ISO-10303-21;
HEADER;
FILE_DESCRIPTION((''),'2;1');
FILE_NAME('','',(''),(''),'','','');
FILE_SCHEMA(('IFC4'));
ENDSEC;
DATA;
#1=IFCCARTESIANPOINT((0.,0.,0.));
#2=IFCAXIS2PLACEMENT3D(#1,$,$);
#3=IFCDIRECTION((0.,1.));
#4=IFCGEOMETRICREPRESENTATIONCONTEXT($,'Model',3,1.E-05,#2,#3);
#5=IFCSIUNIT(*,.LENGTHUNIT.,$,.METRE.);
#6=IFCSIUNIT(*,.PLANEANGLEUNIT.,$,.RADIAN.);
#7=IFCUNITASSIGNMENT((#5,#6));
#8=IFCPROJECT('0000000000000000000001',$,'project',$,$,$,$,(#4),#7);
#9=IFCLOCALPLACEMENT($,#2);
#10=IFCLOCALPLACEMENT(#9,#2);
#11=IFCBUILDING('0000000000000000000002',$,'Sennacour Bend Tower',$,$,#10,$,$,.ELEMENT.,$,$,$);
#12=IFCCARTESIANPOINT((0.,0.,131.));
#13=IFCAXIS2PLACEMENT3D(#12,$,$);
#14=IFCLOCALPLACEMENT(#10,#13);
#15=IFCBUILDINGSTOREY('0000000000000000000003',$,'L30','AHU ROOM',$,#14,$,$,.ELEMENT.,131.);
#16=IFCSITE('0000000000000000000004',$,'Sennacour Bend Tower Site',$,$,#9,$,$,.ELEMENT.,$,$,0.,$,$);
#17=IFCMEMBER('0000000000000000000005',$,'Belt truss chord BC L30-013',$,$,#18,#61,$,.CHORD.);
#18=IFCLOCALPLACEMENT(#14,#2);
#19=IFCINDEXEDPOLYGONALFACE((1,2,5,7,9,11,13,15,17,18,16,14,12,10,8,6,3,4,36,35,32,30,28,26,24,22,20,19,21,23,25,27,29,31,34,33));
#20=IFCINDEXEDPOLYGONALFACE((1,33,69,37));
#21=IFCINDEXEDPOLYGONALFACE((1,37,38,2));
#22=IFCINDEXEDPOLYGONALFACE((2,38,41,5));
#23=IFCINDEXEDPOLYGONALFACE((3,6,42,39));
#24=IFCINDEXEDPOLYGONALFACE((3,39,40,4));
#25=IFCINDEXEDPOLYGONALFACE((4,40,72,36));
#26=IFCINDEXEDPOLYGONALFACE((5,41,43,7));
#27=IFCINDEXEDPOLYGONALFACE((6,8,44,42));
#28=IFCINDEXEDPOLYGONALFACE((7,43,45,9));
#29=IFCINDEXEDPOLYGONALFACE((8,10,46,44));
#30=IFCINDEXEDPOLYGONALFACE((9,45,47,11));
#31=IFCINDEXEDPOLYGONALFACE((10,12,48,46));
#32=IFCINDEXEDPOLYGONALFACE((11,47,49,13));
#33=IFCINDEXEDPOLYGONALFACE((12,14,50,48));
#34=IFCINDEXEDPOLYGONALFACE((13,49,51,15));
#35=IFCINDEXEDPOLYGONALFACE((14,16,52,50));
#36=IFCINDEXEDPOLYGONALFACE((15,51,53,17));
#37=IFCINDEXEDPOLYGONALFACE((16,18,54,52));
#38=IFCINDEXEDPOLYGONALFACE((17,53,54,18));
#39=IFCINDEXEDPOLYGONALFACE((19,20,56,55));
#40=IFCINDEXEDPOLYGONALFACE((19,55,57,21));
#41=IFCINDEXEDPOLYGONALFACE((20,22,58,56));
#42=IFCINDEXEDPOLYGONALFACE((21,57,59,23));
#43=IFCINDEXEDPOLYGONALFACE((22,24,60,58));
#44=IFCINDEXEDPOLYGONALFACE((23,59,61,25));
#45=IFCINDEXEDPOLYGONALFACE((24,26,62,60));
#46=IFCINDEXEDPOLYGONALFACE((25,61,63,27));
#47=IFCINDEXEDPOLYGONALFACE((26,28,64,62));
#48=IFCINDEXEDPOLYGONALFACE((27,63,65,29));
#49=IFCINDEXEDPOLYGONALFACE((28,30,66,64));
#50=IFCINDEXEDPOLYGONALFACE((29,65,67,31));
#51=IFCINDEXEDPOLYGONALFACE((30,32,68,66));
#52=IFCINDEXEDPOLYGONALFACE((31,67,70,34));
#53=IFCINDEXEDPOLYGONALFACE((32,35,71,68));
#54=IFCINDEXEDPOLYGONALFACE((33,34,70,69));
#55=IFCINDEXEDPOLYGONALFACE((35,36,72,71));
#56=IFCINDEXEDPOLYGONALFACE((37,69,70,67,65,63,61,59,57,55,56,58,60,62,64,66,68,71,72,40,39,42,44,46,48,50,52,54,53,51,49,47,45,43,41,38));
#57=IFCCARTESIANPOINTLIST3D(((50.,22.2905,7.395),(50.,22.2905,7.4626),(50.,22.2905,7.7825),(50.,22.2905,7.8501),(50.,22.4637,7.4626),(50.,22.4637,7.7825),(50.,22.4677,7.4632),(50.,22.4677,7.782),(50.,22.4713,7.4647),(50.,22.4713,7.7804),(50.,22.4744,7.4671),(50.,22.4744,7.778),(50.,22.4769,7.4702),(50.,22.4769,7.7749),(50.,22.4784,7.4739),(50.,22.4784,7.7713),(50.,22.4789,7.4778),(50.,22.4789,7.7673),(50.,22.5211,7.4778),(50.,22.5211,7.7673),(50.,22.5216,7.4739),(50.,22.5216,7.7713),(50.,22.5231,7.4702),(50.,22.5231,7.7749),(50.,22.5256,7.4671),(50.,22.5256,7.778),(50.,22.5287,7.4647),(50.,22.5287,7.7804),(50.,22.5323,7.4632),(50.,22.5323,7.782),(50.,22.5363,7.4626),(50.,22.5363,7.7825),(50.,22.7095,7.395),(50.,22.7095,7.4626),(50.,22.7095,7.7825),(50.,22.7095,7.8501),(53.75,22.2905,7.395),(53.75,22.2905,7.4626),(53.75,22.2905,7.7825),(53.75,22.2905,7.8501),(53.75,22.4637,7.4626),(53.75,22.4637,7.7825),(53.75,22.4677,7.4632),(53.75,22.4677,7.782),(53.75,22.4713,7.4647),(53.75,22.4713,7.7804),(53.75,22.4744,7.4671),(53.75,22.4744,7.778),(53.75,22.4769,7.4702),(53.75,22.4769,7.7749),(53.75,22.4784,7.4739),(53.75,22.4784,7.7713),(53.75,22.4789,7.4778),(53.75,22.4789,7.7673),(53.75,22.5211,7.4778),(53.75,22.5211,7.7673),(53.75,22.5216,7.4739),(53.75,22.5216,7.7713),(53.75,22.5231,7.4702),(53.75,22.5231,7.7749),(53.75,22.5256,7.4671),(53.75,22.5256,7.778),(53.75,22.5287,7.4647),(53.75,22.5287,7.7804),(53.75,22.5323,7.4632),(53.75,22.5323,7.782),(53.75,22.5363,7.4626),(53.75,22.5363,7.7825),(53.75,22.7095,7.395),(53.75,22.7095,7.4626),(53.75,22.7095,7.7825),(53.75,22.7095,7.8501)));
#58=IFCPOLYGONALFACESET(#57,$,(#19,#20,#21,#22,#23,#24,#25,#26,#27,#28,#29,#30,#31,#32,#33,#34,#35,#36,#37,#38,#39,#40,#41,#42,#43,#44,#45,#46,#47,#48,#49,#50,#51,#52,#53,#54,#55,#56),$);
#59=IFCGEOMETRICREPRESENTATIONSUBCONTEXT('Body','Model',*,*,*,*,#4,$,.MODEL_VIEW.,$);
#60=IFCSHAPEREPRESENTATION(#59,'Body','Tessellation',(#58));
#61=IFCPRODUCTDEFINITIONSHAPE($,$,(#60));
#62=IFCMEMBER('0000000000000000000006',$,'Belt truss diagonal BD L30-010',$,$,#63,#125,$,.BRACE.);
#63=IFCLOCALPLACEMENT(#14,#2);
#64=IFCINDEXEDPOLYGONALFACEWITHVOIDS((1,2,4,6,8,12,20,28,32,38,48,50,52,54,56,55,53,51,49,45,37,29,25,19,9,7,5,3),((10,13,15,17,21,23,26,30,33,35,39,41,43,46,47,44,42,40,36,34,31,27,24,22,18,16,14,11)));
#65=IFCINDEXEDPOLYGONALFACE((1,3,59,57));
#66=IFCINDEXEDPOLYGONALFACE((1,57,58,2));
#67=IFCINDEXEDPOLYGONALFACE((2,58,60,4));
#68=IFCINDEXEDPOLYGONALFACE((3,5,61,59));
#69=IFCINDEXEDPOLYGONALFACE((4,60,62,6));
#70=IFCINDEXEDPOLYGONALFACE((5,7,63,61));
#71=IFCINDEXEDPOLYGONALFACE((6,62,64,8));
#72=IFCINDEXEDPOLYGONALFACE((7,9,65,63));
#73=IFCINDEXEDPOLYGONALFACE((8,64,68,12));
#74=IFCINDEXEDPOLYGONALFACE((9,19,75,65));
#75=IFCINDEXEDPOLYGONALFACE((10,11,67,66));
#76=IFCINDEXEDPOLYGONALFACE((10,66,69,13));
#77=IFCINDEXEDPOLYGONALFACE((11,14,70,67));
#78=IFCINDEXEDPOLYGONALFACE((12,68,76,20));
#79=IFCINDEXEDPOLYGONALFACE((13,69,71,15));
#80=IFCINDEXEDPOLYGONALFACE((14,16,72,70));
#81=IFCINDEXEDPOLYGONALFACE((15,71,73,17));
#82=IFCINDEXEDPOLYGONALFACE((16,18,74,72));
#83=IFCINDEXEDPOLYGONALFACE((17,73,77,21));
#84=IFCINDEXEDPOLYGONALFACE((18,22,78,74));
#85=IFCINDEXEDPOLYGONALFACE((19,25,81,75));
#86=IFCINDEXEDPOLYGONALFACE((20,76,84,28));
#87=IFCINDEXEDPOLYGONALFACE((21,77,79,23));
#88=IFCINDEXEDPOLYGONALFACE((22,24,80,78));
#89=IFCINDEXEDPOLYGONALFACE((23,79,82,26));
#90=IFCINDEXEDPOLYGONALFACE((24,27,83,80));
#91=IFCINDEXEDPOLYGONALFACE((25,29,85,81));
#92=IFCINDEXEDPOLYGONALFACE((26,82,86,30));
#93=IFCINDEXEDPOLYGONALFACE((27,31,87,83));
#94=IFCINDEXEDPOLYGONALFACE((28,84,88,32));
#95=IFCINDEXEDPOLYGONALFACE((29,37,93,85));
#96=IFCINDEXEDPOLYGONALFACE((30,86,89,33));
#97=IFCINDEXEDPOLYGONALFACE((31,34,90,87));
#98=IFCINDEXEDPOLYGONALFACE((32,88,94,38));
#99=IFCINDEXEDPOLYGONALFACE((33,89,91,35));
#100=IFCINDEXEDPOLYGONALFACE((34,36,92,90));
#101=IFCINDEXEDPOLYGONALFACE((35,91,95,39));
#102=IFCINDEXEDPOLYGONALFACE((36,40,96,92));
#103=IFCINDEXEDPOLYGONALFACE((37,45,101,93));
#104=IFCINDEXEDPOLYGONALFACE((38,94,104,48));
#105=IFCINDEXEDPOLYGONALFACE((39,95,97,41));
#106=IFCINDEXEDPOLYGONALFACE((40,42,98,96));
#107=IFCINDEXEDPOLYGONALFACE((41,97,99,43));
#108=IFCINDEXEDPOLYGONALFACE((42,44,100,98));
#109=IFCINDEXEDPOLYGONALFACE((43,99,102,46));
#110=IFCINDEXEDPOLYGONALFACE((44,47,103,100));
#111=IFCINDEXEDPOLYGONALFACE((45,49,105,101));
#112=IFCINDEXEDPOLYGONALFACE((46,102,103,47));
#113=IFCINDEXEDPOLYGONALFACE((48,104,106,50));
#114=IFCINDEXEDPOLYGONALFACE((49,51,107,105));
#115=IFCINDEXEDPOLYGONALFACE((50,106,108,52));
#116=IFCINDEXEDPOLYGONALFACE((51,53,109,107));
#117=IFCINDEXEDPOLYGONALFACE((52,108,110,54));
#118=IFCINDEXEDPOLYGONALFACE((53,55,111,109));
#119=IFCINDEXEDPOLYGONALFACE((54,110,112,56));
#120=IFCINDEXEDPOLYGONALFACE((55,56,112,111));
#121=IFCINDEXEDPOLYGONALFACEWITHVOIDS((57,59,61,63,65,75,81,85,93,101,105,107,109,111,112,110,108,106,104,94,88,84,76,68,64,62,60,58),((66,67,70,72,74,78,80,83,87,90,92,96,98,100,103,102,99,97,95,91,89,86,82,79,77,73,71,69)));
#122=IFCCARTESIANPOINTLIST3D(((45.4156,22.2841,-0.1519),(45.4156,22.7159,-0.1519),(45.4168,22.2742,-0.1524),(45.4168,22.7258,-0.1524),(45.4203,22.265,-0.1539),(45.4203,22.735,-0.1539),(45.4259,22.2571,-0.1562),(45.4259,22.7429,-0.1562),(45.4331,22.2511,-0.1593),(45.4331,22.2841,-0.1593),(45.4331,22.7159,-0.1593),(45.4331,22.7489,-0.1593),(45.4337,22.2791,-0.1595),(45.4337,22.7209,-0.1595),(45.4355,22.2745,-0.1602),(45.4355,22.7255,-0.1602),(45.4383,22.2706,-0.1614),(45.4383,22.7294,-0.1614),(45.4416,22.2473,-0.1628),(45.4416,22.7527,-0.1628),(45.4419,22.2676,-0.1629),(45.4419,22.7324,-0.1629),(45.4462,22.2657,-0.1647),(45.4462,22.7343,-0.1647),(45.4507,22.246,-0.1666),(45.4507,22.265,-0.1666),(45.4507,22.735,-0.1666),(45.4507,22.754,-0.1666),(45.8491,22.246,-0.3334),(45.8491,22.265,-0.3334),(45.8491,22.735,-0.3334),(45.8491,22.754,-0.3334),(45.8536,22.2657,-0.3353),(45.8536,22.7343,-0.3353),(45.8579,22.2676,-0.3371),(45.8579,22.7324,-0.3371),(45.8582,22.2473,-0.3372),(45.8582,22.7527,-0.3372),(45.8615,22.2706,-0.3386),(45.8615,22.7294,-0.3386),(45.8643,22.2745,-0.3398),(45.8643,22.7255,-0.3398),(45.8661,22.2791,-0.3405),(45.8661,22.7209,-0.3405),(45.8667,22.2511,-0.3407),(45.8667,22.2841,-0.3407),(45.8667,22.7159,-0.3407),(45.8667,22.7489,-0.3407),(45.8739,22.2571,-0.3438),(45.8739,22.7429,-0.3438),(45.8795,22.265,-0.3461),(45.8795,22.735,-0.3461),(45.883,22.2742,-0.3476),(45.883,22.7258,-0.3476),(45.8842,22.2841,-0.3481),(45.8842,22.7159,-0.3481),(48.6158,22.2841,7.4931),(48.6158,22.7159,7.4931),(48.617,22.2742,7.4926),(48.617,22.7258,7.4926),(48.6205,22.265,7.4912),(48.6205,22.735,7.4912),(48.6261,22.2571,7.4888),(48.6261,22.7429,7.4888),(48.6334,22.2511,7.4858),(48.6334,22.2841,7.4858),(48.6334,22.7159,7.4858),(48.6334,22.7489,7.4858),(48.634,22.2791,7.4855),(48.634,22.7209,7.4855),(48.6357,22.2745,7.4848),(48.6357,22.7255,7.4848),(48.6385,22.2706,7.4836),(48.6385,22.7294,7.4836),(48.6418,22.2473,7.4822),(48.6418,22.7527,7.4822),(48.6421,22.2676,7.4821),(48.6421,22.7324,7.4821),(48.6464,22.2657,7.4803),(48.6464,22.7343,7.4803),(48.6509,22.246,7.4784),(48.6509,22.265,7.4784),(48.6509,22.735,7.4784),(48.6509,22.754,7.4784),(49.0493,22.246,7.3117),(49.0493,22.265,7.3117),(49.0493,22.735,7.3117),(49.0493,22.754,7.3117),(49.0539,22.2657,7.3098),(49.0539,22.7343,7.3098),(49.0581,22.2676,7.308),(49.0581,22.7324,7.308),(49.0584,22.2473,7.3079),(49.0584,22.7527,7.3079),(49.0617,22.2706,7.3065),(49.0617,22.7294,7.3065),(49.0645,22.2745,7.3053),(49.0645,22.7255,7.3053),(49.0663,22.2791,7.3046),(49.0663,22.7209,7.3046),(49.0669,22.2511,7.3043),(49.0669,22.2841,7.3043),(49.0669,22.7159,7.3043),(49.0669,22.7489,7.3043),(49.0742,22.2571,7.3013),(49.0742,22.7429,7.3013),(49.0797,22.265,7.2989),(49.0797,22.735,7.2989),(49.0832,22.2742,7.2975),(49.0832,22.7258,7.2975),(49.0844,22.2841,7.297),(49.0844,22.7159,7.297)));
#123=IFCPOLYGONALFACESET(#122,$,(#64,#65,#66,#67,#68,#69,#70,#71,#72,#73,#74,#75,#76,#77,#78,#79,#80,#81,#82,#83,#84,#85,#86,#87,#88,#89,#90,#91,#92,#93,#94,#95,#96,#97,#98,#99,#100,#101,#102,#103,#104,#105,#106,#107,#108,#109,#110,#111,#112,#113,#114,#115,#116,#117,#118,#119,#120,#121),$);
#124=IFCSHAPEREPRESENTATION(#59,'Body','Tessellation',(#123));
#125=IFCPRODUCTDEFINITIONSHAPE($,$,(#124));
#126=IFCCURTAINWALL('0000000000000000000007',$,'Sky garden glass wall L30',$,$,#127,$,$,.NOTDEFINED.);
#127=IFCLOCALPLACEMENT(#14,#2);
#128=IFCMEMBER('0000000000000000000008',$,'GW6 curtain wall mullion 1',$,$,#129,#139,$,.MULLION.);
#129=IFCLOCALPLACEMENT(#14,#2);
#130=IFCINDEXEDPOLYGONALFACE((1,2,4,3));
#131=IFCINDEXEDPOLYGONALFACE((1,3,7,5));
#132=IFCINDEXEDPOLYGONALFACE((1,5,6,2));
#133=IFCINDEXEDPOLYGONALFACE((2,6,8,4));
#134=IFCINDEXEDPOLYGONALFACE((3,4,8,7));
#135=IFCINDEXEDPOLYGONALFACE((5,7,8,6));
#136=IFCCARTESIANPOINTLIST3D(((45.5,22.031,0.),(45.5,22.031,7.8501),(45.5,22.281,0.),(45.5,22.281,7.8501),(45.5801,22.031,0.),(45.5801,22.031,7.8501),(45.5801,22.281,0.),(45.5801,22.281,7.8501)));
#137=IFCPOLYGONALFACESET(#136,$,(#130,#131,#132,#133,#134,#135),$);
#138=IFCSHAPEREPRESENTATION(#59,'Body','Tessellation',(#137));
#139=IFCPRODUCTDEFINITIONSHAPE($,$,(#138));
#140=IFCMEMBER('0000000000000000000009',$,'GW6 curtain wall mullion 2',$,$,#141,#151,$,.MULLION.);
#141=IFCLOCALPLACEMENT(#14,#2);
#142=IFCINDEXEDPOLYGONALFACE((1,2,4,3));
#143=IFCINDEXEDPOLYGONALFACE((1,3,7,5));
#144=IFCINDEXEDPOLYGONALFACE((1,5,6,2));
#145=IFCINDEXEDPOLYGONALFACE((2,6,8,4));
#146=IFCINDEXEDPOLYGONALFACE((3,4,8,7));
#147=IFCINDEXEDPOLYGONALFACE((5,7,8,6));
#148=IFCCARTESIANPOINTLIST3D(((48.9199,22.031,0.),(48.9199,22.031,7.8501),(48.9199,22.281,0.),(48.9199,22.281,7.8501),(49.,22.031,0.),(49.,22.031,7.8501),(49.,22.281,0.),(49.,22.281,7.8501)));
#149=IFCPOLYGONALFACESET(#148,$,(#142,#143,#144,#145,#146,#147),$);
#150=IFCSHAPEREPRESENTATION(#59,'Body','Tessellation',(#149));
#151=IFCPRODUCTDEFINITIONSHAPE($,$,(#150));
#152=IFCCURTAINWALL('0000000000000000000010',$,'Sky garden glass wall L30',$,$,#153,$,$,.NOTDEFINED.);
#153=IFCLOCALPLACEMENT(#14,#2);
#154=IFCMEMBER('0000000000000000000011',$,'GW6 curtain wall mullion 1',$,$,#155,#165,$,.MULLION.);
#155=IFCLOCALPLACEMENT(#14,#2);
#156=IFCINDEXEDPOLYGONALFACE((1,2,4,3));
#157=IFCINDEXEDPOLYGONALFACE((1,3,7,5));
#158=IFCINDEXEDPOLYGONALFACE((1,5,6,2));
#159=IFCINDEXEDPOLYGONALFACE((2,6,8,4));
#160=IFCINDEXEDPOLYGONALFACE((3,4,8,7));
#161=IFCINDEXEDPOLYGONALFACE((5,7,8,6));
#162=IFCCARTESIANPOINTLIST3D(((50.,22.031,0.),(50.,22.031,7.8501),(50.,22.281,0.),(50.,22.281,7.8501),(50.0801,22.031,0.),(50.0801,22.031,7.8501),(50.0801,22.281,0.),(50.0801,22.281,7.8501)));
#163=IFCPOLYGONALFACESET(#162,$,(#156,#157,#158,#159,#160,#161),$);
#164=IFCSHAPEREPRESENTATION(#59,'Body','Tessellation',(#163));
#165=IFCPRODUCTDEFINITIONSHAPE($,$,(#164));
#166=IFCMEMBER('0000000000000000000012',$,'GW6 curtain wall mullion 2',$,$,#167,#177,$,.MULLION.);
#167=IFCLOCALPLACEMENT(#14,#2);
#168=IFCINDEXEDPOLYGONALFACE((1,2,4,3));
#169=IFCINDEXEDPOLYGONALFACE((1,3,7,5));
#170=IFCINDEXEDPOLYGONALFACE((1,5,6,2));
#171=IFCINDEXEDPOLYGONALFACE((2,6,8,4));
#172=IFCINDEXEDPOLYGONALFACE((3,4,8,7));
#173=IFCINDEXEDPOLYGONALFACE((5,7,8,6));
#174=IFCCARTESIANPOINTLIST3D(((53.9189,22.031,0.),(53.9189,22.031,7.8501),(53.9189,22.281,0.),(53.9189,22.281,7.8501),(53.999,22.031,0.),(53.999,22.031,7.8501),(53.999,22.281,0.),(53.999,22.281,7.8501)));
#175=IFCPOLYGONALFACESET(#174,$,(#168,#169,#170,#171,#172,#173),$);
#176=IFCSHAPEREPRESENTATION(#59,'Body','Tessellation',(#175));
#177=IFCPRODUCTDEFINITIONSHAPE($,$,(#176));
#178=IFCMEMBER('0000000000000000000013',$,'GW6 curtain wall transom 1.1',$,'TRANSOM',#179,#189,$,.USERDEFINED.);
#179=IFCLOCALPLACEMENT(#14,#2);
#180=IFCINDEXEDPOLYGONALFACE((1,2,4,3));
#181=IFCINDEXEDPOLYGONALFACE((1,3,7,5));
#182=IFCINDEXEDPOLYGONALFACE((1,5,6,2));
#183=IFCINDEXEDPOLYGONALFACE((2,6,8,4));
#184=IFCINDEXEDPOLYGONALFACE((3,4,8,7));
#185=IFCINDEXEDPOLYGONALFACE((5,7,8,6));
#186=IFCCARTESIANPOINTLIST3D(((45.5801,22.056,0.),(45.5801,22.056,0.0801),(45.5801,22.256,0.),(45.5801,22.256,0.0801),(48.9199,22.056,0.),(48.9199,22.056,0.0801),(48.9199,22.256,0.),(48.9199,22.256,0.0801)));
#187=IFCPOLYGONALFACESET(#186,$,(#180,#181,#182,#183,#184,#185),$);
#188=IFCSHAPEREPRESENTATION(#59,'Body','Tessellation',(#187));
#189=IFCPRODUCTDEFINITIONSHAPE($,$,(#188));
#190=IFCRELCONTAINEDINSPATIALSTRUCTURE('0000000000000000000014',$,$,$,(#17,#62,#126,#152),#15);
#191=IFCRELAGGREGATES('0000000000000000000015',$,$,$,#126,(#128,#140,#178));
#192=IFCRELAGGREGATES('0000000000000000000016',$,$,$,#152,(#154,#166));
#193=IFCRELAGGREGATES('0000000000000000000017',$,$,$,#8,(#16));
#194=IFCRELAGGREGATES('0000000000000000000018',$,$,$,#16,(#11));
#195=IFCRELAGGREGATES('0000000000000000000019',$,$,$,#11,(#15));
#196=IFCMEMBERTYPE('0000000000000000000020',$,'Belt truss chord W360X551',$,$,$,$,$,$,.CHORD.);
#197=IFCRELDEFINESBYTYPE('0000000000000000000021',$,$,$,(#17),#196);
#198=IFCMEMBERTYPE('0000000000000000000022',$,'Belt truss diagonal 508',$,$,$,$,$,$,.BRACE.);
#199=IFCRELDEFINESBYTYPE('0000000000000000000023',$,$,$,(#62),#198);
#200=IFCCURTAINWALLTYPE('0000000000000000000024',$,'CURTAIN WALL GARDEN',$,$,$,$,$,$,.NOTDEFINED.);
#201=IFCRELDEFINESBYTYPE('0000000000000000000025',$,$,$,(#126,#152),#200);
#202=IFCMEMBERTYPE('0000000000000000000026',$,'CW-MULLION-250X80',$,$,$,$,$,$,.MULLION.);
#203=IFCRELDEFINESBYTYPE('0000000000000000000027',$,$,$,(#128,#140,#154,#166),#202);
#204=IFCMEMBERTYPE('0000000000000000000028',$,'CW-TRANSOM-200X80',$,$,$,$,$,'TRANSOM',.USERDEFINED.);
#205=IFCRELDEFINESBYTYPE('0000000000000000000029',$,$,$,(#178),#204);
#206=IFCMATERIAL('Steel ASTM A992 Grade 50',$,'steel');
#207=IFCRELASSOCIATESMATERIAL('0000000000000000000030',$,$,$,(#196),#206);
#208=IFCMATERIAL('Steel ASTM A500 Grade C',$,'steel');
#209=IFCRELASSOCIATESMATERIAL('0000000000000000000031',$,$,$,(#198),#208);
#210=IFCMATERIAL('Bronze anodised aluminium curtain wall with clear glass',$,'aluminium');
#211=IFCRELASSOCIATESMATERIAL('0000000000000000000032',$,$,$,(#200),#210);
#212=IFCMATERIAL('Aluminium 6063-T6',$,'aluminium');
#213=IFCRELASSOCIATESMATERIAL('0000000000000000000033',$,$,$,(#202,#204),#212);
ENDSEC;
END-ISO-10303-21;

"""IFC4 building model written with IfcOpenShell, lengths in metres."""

from ifc_helpers import new_model, si_unit, direction, frame, origin, origin_2d, place, context, subcontext, project, spatial, rectangle, hollow_rectangle, i_section, extrude, material, material_profile, profile_set, type_object, element, aggregate, save


model = new_model("IFC4")

# Units and contexts
model_context = context("Model", 3, precision=1e-05, world=origin(), true_north=direction((0.0, 1.0)))
body_context = subcontext(model_context, "Body", "Model", "MODEL_VIEW")
ifc_project = project(units=[si_unit("LENGTHUNIT", "METRE"), si_unit("PLANEANGLEUNIT", "RADIAN")], contexts=[model_context])

# Site, building, storey
site_placement = place(None, origin())
site = spatial("IfcSite", under=ifc_project, at=site_placement, Name="Sennacour Bend Tower Site", CompositionType="ELEMENT", RefElevation=0.0)
building_placement = place(site_placement, origin())
building = spatial("IfcBuilding", under=site, at=building_placement, Name="Sennacour Bend Tower", CompositionType="ELEMENT")
storey_placement = place(building_placement, frame((0.0, 0.0, 131.0)))
storey = spatial("IfcBuildingStorey", under=building, at=storey_placement, Name="L30", Description="AHU ROOM", CompositionType="ELEMENT", Elevation=131.0)

# Members
ifc_material_1 = material(Name="Steel ASTM A992 Grade 50", Category="steel")
ifc_material_profile_1 = material_profile(ifc_material_1, i_section(OverallWidth=0.4189, OverallDepth=0.4551, WebThickness=0.0422, FlangeThickness=0.0676, FilletRadius=0.0151, at=origin_2d()), Name="Steel ASTM A992 Grade 50", Category="steel")
ifc_profile_set_1 = profile_set([ifc_material_profile_1], Name="Steel ASTM A992 Grade 50")
member_type_1 = type_object("IfcMemberType", Name="Belt truss chord W360X551", PredefinedType="CHORD", material=ifc_profile_set_1)
member_1_placement = place(storey_placement, frame((50.0, 22.5, 7.6226), z_axis=(1.0, 0.0, 0.0), x_axis=(0.0, 1.0, 0.0)))
element("IfcMember", 1, at=member_1_placement, inside=storey, type_object=member_type_1, Name="Belt truss chord BC L30-013", PredefinedType="CHORD", context=body_context, shape_type="SweptSolid", body=[
    extrude(i_section(OverallWidth=0.4189, OverallDepth=0.4551, WebThickness=0.0422, FlangeThickness=0.0676, FilletRadius=0.0151, at=origin_2d()), origin(), (0.0, 0.0, 1.0), 3.75),
])
ifc_material_2 = material(Name="Steel ASTM A500 Grade C", Category="steel")
ifc_material_profile_2 = material_profile(ifc_material_2, hollow_rectangle(XDim=0.5081, YDim=0.5081, WallThickness=0.019, InnerFilletRadius=0.019, OuterFilletRadius=0.0381, at=origin_2d()), Name="Steel ASTM A500 Grade C", Category="steel")
ifc_profile_set_2 = profile_set([ifc_material_profile_2], Name="Steel ASTM A500 Grade C")
member_type_2 = type_object("IfcMemberType", Name="Belt truss diagonal 508", PredefinedType="BRACE", material=ifc_profile_set_2)
member_2_placement = place(storey_placement, frame((45.6499, 22.5, -0.25), z_axis=(0.386133, 0.0, 0.922443), x_axis=(0.0, 1.0, 0.0)))
element("IfcMember", 2, at=member_2_placement, inside=storey, type_object=member_type_2, Name="Belt truss diagonal BD L30-010", PredefinedType="BRACE", context=body_context, shape_type="SweptSolid", body=[
    extrude(hollow_rectangle(XDim=0.5081, YDim=0.5081, WallThickness=0.019, InnerFilletRadius=0.019, OuterFilletRadius=0.0381, at=origin_2d()), origin(), (0.0, 0.0, 1.0), 8.2878),
])

# Curtain walls, members
ifc_material_3 = material(Name="Bronze anodised aluminium curtain wall with clear glass", Category="aluminium")
curtain_wall_type = type_object("IfcCurtainWallType", Name="CURTAIN WALL GARDEN", PredefinedType="NOTDEFINED", material=ifc_material_3)
curtain_wall_1_placement = place(storey_placement, origin())
curtain_wall_1 = element("IfcCurtainWall", 3, at=curtain_wall_1_placement, inside=storey, type_object=curtain_wall_type, Name="Sky garden glass wall L30", PredefinedType="NOTDEFINED")
ifc_material_4 = material(Name="Aluminium 6063-T6", Category="aluminium")
ifc_material_profile_3 = material_profile(ifc_material_4, rectangle(XDim=0.25, YDim=0.0801, at=origin_2d()), Name="Aluminium 6063-T6", Category="aluminium")
ifc_profile_set_3 = profile_set([ifc_material_profile_3], Name="Aluminium 6063-T6")
member_type_3 = type_object("IfcMemberType", Name="CW-MULLION-250X80", PredefinedType="MULLION", material=ifc_profile_set_3)
member_3_placement = place(storey_placement, frame((45.54, 22.156, 0.0), z_axis=(0.0, 0.0, 1.0), x_axis=(0.0, 1.0, 0.0)))
member_3 = element("IfcMember", 4, at=member_3_placement, type_object=member_type_3, Name="GW6 curtain wall mullion 1", PredefinedType="MULLION", context=body_context, shape_type="SweptSolid", body=[
    extrude(rectangle(XDim=0.25, YDim=0.0801, at=origin_2d()), origin(), (0.0, 0.0, 1.0), 7.8501),
])
member_4_placement = place(storey_placement, frame((48.96, 22.156, 0.0), z_axis=(0.0, 0.0, 1.0), x_axis=(0.0, 1.0, 0.0)))
member_4 = element("IfcMember", 5, at=member_4_placement, type_object=member_type_3, Name="GW6 curtain wall mullion 2", PredefinedType="MULLION", context=body_context, shape_type="SweptSolid", body=[
    extrude(rectangle(XDim=0.25, YDim=0.0801, at=origin_2d()), origin(), (0.0, 0.0, 1.0), 7.8501),
])
curtain_wall_2_placement = place(storey_placement, origin())
curtain_wall_2 = element("IfcCurtainWall", 6, at=curtain_wall_2_placement, inside=storey, type_object=curtain_wall_type, Name="Sky garden glass wall L30", PredefinedType="NOTDEFINED")
member_5_placement = place(storey_placement, frame((50.04, 22.156, 0.0), z_axis=(0.0, 0.0, 1.0), x_axis=(0.0, 1.0, 0.0)))
member_5 = element("IfcMember", 7, at=member_5_placement, type_object=member_type_3, Name="GW6 curtain wall mullion 1", PredefinedType="MULLION", context=body_context, shape_type="SweptSolid", body=[
    extrude(rectangle(XDim=0.25, YDim=0.0801, at=origin_2d()), origin(), (0.0, 0.0, 1.0), 7.8501),
])
member_6_placement = place(storey_placement, frame((53.959, 22.156, 0.0), z_axis=(0.0, 0.0, 1.0), x_axis=(0.0, 1.0, 0.0)))
member_6 = element("IfcMember", 8, at=member_6_placement, type_object=member_type_3, Name="GW6 curtain wall mullion 2", PredefinedType="MULLION", context=body_context, shape_type="SweptSolid", body=[
    extrude(rectangle(XDim=0.25, YDim=0.0801, at=origin_2d()), origin(), (0.0, 0.0, 1.0), 7.8501),
])

# Member
ifc_material_profile_4 = material_profile(ifc_material_4, rectangle(XDim=0.2, YDim=0.0801, at=origin_2d()), Name="Aluminium 6063-T6", Category="aluminium")
ifc_profile_set_4 = profile_set([ifc_material_profile_4], Name="Aluminium 6063-T6")
member_type_4 = type_object("IfcMemberType", Name="CW-TRANSOM-200X80", ElementType="TRANSOM", PredefinedType="USERDEFINED", material=ifc_profile_set_4)
member_7_placement = place(storey_placement, frame((45.5801, 22.156, 0.04), z_axis=(1.0, 0.0, 0.0), x_axis=(0.0, 1.0, 0.0)))
member_7 = element("IfcMember", 9, at=member_7_placement, type_object=member_type_4, Name="GW6 curtain wall transom 1.1", ObjectType="TRANSOM", PredefinedType="USERDEFINED", context=body_context, shape_type="SweptSolid", body=[
    extrude(rectangle(XDim=0.2, YDim=0.0801, at=origin_2d()), origin(), (0.0, 0.0, 1.0), 3.3398),
])

aggregate(curtain_wall_1, [member_3, member_4, member_7])
aggregate(curtain_wall_2, [member_5, member_6])

save(model, "model.ifc")
